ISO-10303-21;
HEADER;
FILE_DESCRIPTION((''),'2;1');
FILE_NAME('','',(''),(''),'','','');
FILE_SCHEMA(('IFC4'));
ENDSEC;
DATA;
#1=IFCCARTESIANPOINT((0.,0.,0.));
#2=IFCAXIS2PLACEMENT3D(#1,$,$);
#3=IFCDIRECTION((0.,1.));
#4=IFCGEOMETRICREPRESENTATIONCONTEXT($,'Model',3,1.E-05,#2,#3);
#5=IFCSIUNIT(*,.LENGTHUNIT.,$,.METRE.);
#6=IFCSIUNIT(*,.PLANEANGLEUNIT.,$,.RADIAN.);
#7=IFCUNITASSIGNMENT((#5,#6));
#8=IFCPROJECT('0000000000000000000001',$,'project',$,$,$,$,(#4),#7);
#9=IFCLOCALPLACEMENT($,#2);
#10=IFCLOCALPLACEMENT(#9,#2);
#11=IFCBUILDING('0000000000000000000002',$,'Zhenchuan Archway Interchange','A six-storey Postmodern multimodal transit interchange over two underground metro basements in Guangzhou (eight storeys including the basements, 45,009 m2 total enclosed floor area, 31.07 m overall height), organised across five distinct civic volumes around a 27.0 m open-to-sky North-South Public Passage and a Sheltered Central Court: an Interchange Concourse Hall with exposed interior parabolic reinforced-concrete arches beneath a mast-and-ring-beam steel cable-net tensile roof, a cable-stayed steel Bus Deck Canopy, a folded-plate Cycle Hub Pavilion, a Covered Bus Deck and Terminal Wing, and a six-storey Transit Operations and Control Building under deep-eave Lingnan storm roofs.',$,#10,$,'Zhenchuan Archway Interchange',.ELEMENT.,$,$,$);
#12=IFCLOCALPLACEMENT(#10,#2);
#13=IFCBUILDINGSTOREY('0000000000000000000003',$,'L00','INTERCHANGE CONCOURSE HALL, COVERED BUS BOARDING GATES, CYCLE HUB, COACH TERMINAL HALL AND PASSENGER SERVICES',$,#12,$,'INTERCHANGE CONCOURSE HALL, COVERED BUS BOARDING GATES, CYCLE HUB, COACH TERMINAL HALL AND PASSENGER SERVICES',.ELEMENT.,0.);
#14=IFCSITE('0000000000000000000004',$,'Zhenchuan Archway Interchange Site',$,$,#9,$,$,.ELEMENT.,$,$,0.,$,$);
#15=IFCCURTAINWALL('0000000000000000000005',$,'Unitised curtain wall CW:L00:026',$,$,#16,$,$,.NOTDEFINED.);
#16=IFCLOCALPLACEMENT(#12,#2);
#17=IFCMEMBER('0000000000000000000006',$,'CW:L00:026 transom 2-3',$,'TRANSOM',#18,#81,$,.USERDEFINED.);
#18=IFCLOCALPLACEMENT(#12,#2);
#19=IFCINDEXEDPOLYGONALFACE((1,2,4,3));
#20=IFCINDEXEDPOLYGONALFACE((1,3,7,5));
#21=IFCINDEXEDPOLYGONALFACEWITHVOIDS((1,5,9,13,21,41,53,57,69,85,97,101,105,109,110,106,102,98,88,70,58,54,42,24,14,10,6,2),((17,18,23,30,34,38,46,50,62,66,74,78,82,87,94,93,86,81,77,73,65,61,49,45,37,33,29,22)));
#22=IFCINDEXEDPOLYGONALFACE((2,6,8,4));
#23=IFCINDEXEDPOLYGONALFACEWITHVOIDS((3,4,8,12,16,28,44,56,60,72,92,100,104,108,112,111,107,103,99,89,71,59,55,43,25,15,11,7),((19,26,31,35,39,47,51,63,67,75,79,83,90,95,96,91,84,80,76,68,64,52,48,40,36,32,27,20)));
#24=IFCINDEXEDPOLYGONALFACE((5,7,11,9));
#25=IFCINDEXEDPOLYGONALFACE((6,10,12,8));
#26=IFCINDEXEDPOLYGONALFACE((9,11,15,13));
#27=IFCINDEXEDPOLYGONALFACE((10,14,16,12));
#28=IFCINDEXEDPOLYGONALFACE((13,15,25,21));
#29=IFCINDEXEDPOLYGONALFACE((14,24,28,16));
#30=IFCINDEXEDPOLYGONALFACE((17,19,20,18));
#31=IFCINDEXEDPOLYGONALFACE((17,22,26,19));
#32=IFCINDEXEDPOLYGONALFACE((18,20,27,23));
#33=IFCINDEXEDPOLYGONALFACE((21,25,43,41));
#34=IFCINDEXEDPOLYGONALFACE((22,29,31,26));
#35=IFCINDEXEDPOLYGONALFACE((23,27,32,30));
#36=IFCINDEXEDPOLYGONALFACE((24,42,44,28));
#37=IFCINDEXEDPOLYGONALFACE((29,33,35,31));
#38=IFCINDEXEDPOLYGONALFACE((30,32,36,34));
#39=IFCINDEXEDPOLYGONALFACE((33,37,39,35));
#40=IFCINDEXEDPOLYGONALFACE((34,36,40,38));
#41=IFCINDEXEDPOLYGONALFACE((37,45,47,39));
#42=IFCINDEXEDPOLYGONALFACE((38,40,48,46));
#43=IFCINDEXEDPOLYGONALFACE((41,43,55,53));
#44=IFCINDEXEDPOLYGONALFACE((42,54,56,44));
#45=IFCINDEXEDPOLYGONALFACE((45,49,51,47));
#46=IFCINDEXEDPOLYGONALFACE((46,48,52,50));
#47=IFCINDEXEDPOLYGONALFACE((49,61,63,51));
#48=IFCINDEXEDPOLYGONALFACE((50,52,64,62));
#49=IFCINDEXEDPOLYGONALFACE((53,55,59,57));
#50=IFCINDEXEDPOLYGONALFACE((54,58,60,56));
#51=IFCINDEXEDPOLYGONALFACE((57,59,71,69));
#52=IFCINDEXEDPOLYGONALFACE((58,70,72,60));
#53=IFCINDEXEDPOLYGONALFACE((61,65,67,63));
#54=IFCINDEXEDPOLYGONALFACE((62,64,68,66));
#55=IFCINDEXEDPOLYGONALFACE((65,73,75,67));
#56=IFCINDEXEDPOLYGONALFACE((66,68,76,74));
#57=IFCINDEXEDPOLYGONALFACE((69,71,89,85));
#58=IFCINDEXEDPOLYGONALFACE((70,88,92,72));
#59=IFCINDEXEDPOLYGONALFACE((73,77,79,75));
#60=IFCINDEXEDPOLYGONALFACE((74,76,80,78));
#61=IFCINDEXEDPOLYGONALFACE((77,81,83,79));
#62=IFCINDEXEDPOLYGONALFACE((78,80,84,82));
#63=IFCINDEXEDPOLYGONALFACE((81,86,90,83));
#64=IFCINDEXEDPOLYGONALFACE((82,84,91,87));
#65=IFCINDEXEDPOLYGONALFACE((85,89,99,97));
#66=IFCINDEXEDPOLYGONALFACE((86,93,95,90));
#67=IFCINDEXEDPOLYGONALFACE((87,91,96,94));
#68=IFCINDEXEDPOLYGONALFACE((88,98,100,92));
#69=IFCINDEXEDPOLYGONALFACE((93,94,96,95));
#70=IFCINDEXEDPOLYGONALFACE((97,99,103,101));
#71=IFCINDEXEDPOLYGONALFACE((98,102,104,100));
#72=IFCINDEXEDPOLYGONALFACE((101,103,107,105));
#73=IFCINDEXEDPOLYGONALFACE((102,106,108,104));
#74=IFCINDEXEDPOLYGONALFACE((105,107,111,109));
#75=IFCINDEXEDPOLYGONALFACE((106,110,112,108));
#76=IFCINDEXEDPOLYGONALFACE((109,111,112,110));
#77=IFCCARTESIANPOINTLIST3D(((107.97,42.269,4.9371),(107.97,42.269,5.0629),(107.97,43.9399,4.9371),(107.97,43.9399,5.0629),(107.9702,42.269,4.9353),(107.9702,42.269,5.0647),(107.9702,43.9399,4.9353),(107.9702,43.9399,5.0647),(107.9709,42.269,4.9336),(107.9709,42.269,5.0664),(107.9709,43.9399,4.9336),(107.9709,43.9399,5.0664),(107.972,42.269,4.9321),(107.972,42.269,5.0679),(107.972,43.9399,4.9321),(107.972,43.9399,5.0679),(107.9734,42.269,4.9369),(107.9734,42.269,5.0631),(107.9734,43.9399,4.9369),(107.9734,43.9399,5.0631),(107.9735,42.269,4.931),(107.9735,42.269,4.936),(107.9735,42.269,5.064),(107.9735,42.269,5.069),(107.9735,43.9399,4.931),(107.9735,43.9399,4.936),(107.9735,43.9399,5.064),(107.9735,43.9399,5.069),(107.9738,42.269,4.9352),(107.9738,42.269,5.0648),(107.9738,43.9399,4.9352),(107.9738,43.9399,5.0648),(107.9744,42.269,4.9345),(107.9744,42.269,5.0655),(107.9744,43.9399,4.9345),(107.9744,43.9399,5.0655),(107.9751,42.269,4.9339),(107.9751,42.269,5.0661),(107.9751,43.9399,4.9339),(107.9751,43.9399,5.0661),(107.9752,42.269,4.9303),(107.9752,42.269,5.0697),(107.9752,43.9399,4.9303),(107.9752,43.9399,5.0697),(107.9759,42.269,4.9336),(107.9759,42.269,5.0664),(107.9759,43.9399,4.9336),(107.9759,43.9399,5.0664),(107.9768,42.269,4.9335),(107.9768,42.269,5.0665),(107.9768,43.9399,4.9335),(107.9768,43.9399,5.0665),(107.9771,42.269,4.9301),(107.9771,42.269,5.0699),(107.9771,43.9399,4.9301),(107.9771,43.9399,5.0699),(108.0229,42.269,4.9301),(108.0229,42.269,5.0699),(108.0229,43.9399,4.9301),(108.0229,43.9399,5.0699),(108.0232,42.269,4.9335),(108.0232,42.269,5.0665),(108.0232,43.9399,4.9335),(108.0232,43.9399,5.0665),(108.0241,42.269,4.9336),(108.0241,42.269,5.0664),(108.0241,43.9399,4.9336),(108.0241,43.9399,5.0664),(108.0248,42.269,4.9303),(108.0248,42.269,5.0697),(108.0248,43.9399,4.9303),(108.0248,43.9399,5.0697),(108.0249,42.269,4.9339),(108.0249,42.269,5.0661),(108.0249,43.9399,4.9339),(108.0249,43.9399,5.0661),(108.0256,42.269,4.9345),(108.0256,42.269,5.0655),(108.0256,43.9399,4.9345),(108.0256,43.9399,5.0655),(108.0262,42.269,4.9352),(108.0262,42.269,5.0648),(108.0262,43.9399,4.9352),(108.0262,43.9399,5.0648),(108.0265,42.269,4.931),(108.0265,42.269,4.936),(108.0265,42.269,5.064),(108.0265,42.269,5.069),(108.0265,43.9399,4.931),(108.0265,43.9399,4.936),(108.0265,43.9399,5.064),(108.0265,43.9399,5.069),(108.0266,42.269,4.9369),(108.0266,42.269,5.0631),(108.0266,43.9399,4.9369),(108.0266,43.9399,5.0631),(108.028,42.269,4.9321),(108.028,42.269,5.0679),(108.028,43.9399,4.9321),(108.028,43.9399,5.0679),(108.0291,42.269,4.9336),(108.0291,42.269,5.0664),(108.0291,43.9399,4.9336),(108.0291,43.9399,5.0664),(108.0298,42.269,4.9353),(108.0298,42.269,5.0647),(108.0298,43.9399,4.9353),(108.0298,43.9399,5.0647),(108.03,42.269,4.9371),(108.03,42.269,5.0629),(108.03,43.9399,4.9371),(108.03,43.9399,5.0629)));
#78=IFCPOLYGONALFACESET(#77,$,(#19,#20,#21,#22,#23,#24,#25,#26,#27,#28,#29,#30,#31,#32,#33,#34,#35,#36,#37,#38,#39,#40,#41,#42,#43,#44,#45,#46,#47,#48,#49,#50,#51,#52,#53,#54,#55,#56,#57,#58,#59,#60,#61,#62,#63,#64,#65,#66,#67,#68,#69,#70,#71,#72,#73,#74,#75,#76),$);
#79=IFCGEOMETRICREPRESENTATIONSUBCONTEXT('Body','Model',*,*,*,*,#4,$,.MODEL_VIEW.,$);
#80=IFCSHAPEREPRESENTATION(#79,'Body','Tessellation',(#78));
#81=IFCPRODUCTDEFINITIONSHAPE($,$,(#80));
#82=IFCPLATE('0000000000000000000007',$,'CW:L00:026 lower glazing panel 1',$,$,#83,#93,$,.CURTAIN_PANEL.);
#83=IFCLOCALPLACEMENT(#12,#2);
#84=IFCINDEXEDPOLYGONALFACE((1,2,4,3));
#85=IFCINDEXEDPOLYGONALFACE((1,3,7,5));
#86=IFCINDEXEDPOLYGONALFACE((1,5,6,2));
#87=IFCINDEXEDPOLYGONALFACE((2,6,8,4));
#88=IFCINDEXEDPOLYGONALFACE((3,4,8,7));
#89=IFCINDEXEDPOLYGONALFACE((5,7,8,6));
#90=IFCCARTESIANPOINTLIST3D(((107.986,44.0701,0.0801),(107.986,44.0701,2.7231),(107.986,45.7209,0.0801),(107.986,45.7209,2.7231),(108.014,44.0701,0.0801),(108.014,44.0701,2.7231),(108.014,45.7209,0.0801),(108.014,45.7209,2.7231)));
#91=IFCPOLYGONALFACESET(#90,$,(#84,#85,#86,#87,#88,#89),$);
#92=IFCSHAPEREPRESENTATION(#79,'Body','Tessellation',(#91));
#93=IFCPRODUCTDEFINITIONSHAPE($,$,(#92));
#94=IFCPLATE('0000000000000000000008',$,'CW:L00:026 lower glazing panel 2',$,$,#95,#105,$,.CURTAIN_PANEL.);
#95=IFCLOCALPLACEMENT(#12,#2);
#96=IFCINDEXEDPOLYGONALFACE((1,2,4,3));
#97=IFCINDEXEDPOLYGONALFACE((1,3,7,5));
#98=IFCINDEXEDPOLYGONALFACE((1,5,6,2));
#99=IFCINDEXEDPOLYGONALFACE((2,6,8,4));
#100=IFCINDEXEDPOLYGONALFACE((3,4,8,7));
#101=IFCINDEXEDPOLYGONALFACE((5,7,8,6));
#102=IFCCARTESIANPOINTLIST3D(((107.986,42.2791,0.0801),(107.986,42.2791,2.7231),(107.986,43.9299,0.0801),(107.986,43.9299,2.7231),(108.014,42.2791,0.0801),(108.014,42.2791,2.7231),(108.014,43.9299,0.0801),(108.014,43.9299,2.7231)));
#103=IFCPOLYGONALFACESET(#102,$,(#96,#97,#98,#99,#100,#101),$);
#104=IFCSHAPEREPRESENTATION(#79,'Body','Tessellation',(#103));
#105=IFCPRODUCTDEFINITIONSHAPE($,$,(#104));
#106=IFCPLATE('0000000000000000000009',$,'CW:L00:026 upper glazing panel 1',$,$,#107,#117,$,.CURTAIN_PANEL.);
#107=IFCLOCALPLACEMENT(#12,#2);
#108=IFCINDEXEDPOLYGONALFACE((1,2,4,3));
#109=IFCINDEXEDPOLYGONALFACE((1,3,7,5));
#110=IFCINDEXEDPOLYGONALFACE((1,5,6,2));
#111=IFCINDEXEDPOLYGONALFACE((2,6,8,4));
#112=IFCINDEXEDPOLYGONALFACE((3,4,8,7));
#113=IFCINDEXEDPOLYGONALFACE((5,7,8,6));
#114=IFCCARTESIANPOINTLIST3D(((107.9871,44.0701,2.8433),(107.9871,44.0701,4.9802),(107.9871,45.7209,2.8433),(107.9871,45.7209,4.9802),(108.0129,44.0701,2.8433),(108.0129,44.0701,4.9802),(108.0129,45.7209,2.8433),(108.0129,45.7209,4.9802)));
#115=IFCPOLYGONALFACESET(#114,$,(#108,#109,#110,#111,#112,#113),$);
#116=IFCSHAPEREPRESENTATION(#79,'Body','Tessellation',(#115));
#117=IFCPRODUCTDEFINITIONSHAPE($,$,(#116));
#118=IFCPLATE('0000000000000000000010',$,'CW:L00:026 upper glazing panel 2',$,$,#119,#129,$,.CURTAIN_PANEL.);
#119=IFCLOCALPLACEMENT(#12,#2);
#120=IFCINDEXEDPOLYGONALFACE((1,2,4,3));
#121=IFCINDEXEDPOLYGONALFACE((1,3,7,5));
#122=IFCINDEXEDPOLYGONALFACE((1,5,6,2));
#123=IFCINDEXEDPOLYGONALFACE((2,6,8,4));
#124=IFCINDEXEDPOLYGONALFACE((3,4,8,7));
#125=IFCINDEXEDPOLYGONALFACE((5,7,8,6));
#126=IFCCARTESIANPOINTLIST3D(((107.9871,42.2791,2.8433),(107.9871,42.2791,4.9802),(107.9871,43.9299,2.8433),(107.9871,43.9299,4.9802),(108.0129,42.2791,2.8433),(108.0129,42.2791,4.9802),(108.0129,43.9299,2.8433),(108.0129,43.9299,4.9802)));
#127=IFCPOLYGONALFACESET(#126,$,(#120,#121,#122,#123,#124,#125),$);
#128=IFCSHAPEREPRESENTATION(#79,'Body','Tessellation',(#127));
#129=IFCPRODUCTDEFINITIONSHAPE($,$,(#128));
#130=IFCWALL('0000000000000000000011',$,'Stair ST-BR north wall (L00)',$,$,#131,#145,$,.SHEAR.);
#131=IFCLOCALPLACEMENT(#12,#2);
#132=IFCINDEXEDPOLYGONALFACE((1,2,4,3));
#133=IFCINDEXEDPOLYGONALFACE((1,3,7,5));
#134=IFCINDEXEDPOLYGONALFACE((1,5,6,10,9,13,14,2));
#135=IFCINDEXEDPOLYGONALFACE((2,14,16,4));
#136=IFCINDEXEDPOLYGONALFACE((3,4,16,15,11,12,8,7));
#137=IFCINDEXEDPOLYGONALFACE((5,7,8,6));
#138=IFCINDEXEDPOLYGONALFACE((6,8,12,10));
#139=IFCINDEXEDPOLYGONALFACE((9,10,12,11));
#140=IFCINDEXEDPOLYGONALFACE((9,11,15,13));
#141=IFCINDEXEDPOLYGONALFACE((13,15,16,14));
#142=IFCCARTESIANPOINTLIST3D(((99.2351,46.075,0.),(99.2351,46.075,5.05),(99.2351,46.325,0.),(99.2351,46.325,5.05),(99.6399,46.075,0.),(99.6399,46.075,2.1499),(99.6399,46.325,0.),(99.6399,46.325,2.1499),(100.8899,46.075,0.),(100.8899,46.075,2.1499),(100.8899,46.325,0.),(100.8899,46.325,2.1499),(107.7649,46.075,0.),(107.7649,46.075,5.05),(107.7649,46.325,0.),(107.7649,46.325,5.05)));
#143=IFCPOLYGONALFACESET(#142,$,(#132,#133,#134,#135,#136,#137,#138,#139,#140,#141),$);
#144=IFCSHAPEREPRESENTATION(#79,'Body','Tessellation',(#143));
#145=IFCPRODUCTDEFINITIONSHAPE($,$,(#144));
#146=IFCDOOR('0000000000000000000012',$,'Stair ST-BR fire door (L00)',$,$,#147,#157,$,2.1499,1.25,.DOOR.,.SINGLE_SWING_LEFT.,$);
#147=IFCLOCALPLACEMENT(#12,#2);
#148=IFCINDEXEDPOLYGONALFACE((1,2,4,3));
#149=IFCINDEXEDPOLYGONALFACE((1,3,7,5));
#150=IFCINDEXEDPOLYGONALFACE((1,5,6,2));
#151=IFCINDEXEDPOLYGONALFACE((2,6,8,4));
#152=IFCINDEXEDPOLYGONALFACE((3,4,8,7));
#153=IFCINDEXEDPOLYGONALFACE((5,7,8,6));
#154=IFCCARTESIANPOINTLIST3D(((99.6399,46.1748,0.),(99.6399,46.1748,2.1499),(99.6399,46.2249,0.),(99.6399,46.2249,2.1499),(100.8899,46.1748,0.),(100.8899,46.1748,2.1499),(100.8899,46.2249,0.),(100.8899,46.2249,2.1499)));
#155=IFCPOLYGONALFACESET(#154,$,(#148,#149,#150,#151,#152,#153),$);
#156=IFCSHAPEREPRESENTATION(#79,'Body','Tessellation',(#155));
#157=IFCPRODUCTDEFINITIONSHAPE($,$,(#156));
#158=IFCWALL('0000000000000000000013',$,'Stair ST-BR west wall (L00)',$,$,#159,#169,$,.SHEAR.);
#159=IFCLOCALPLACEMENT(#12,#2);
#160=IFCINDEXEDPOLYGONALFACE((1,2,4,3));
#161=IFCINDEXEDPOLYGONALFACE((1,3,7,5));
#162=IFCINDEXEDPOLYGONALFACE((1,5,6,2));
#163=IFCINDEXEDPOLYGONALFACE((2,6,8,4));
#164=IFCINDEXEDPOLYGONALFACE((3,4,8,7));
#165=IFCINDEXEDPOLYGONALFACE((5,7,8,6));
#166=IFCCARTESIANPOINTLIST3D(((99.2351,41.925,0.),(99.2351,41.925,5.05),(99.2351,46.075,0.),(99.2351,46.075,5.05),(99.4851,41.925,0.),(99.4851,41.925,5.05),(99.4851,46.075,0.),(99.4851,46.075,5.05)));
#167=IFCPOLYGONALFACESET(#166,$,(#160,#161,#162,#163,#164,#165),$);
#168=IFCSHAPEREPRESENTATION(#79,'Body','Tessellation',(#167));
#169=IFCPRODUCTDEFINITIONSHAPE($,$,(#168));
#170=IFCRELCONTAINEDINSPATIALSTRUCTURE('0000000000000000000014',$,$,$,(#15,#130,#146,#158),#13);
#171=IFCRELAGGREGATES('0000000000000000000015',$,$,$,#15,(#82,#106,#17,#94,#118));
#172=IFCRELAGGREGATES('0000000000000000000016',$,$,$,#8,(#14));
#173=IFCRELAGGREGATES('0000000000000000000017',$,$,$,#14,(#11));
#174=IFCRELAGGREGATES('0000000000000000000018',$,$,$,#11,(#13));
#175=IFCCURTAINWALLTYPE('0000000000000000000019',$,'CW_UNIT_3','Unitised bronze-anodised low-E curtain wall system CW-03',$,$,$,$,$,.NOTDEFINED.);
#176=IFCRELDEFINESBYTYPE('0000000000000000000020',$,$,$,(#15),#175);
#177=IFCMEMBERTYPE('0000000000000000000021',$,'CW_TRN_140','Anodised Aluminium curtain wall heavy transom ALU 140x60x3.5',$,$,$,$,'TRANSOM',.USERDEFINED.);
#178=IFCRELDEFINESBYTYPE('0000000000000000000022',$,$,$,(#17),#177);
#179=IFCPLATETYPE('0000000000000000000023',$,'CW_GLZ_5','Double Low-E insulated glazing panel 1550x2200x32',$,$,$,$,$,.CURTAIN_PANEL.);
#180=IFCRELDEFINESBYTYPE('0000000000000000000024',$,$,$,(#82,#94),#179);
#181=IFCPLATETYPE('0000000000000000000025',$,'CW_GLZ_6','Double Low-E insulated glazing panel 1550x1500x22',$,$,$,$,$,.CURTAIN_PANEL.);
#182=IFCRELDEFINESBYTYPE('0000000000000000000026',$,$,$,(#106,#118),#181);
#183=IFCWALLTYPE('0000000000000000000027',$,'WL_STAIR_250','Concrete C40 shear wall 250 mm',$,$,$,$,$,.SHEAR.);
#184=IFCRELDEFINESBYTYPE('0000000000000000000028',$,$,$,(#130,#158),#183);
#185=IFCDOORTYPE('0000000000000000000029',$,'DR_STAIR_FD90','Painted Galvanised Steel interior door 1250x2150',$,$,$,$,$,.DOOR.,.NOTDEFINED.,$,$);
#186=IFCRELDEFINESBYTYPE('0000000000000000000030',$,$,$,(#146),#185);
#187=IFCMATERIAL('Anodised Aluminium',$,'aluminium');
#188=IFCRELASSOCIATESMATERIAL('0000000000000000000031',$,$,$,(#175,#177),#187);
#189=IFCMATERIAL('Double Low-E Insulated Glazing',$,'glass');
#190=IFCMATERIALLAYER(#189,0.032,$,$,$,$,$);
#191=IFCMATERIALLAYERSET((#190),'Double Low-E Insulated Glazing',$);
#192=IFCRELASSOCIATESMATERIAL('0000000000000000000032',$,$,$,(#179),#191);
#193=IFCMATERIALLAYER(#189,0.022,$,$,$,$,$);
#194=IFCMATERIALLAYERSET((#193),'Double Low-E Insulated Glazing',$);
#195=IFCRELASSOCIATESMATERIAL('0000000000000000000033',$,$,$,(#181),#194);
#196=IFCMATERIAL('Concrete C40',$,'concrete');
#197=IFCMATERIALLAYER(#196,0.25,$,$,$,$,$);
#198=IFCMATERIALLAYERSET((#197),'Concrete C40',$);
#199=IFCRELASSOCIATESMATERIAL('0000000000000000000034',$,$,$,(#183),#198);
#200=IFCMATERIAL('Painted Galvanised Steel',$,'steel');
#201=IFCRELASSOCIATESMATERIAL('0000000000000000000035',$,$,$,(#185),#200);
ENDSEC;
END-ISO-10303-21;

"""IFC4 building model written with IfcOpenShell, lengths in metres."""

from ifc_helpers import new_model, si_unit, direction, frame, frame_2d, origin, origin_2d, place, context, subcontext, project, spatial, rectangle, hollow_rectangle, extrude, material, layer, layer_set, material_profile, profile_set, type_object, element, fill, aggregate, save


model = new_model("IFC4")

# Units and contexts
model_context = context("Model", 3, precision=1e-05, world=origin(), true_north=direction((0.0, 1.0)))
body_context = subcontext(model_context, "Body", "Model", "MODEL_VIEW")
ifc_project = project(units=[si_unit("LENGTHUNIT", "METRE"), si_unit("PLANEANGLEUNIT", "RADIAN")], contexts=[model_context])

# Site, building, storey
site_placement = place(None, origin())
site = spatial("IfcSite", under=ifc_project, at=site_placement, Name="Zhenchuan Archway Interchange Site", CompositionType="ELEMENT", RefElevation=0.0)
building_placement = place(site_placement, origin())
building = spatial("IfcBuilding", under=site, at=building_placement, Name="Zhenchuan Archway Interchange", Description="A six-storey Postmodern multimodal transit interchange over two underground metro basements in Guangzhou (eight storeys including the basements, 45,009 m2 total enclosed floor area, 31.07 m overall height), organised across five distinct civic volumes around a 27.0 m open-to-sky North-South Public Passage and a Sheltered Central Court: an Interchange Concourse Hall with exposed interior parabolic reinforced-concrete arches beneath a mast-and-ring-beam steel cable-net tensile roof, a cable-stayed steel Bus Deck Canopy, a folded-plate Cycle Hub Pavilion, a Covered Bus Deck and Terminal Wing, and a six-storey Transit Operations and Control Building under deep-eave Lingnan storm roofs.", LongName="Zhenchuan Archway Interchange", CompositionType="ELEMENT")
storey_placement = place(building_placement, origin())
storey = spatial("IfcBuildingStorey", under=building, at=storey_placement, Name="L00", Description="INTERCHANGE CONCOURSE HALL, COVERED BUS BOARDING GATES, CYCLE HUB, COACH TERMINAL HALL AND PASSENGER SERVICES", LongName="INTERCHANGE CONCOURSE HALL, COVERED BUS BOARDING GATES, CYCLE HUB, COACH TERMINAL HALL AND PASSENGER SERVICES", CompositionType="ELEMENT", Elevation=0.0)

# Curtain wall, member, plates
ifc_material_1 = material(Name="Anodised Aluminium", Category="aluminium")
curtain_wall_type = type_object("IfcCurtainWallType", Name="CW_UNIT_3", Description="Unitised bronze-anodised low-E curtain wall system CW-03", PredefinedType="NOTDEFINED", material=ifc_material_1)
curtain_wall_placement = place(storey_placement, origin())
curtain_wall = element("IfcCurtainWall", 1, at=curtain_wall_placement, inside=storey, type_object=curtain_wall_type, Name="Unitised curtain wall CW:L00:026", PredefinedType="NOTDEFINED")
ifc_material_profile_1 = material_profile(ifc_material_1, hollow_rectangle(XDim=0.0601, YDim=0.1399, WallThickness=0.0034, InnerFilletRadius=0.0034, OuterFilletRadius=0.0071, at=origin_2d()), Name="ALU 140x60x3.5")
ifc_profile_set_1 = profile_set([ifc_material_profile_1], Name="Anodised Aluminium")
member_type_1 = type_object("IfcMemberType", Name="CW_TRN_140", Description="Anodised Aluminium curtain wall heavy transom ALU 140x60x3.5", ElementType="TRANSOM", PredefinedType="USERDEFINED", material=ifc_profile_set_1)
member_1_placement = place(storey_placement, frame((108.0, 43.9399, 5.0), z_axis=(0.0, -1.0, 0.0), x_axis=(1.0, 0.0, 0.0)))
member_1 = element("IfcMember", 2, at=member_1_placement, type_object=member_type_1, Name="CW:L00:026 transom 2-3", ObjectType="TRANSOM", PredefinedType="USERDEFINED", context=body_context, shape_type="SweptSolid", body=[
    extrude(hollow_rectangle(XDim=0.0601, YDim=0.1399, WallThickness=0.0034, InnerFilletRadius=0.0034, OuterFilletRadius=0.0071, at=origin_2d()), origin(), (0.0, 0.0, 1.0), 1.6709),
])
ifc_material_2 = material(Name="Double Low-E Insulated Glazing", Category="glass")
ifc_layer_1 = layer(ifc_material_2, 0.032)
ifc_layer_set_1 = layer_set([ifc_layer_1], Name="Double Low-E Insulated Glazing")
plate_type_1 = type_object("IfcPlateType", Name="CW_GLZ_5", Description="Double Low-E insulated glazing panel 1550x2200x32", PredefinedType="CURTAIN_PANEL", material=ifc_layer_set_1)
plate_1_placement = place(storey_placement, frame((108.0, 44.8955, 0.0801), z_axis=(0.0, 0.0, 1.0), x_axis=(0.0, -1.0, 0.0)))
plate_1 = element("IfcPlate", 3, at=plate_1_placement, type_object=plate_type_1, Name="CW:L00:026 lower glazing panel 1", PredefinedType="CURTAIN_PANEL", context=body_context, shape_type="SweptSolid", body=[
    extrude(rectangle(XDim=1.6509, YDim=0.0281, at=origin_2d()), origin(), (0.0, 0.0, 1.0), 2.6431),
])
plate_2_placement = place(storey_placement, frame((108.0, 43.1045, 0.0801), z_axis=(0.0, 0.0, 1.0), x_axis=(0.0, -1.0, 0.0)))
plate_2 = element("IfcPlate", 4, at=plate_2_placement, type_object=plate_type_1, Name="CW:L00:026 lower glazing panel 2", PredefinedType="CURTAIN_PANEL", context=body_context, shape_type="SweptSolid", body=[
    extrude(rectangle(XDim=1.6509, YDim=0.0281, at=origin_2d()), origin(), (0.0, 0.0, 1.0), 2.6431),
])
ifc_layer_2 = layer(ifc_material_2, 0.022)
ifc_layer_set_2 = layer_set([ifc_layer_2], Name="Double Low-E Insulated Glazing")
plate_type_2 = type_object("IfcPlateType", Name="CW_GLZ_6", Description="Double Low-E insulated glazing panel 1550x1500x22", PredefinedType="CURTAIN_PANEL", material=ifc_layer_set_2)
plate_3_placement = place(storey_placement, frame((108.0, 44.8955, 2.8433), z_axis=(0.0, 0.0, 1.0), x_axis=(0.0, -1.0, 0.0)))
plate_3 = element("IfcPlate", 5, at=plate_3_placement, type_object=plate_type_2, Name="CW:L00:026 upper glazing panel 1", PredefinedType="CURTAIN_PANEL", context=body_context, shape_type="SweptSolid", body=[
    extrude(rectangle(XDim=1.6509, YDim=0.0259, at=origin_2d()), origin(), (0.0, 0.0, 1.0), 2.137),
])
plate_4_placement = place(storey_placement, frame((108.0, 43.1045, 2.8433), z_axis=(0.0, 0.0, 1.0), x_axis=(0.0, -1.0, 0.0)))
plate_4 = element("IfcPlate", 6, at=plate_4_placement, type_object=plate_type_2, Name="CW:L00:026 upper glazing panel 2", PredefinedType="CURTAIN_PANEL", context=body_context, shape_type="SweptSolid", body=[
    extrude(rectangle(XDim=1.6509, YDim=0.0259, at=origin_2d()), origin(), (0.0, 0.0, 1.0), 2.137),
])
aggregate(curtain_wall, [plate_1, plate_3, member_1, plate_2, plate_4])

# Wall, opening, door
ifc_material_3 = material(Name="Concrete C40", Category="concrete")
ifc_layer_3 = layer(ifc_material_3, 0.25)
ifc_layer_set_3 = layer_set([ifc_layer_3], Name="Concrete C40")
wall_type = type_object("IfcWallType", Name="WL_STAIR_250", Description="Concrete C40 shear wall 250 mm", PredefinedType="SHEAR", material=ifc_layer_set_3)
wall_1_placement = place(storey_placement, frame((107.7649, 46.2, 0.0), z_axis=(0.0, 0.0, 1.0), x_axis=(-1.0, 0.0, 0.0)))
wall_1 = element("IfcWall", 7, at=wall_1_placement, inside=storey, type_object=wall_type, Name="Stair ST-BR north wall (L00)", PredefinedType="SHEAR", context=body_context, shape_type="SweptSolid", body=[
    extrude(rectangle(XDim=8.5298, YDim=0.25, at=frame_2d((4.2649, 0.0))), origin(), (0.0, 0.0, 1.0), 5.05),
])
opening_placement = place(wall_1_placement, frame((6.875, 0.0, 0.0)))
opening = element("IfcOpeningElement", 8, at=opening_placement, cuts=wall_1, PredefinedType="OPENING", context=body_context, shape_type="SweptSolid", body=[
    extrude(rectangle(XDim=1.25, YDim=2.1499, at=frame_2d((0.625, 1.075))), frame((0.0, 0.137, 0.0), z_axis=(0.0, -1.0, 0.0), x_axis=(1.0, 0.0, 0.0)), (0.0, 0.0, 1.0), 0.2739),
])
ifc_material_4 = material(Name="Painted Galvanised Steel", Category="steel")
door_type = type_object("IfcDoorType", Name="DR_STAIR_FD90", Description="Painted Galvanised Steel interior door 1250x2150", OperationType="NOTDEFINED", PredefinedType="DOOR", material=ifc_material_4)
door_placement = place(opening_placement, frame((1.25, 0.0, 0.0), z_axis=(0.0, 0.0, 1.0), x_axis=(-1.0, 0.0, 0.0)))
door = element("IfcDoor", 9, at=door_placement, inside=storey, type_object=door_type, Name="Stair ST-BR fire door (L00)", OperationType="SINGLE_SWING_LEFT", OverallHeight=2.1499, OverallWidth=1.25, PredefinedType="DOOR", context=body_context, shape_type="SweptSolid", body=[
    extrude(rectangle(XDim=1.25, YDim=2.1499, at=frame_2d((0.625, 1.075))), frame((0.0, 0.0249, 0.0), z_axis=(0.0, -1.0, 0.0), x_axis=(1.0, 0.0, 0.0)), (0.0, 0.0, 1.0), 0.05),
])
fill(opening, door)

# Wall
wall_2_placement = place(storey_placement, frame((99.3601, 46.075, 0.0), z_axis=(0.0, 0.0, 1.0), x_axis=(0.0, -1.0, 0.0)))
element("IfcWall", 10, at=wall_2_placement, inside=storey, type_object=wall_type, Name="Stair ST-BR west wall (L00)", PredefinedType="SHEAR", context=body_context, shape_type="SweptSolid", body=[
    extrude(rectangle(XDim=4.1499, YDim=0.25, at=frame_2d((2.075, 0.0))), origin(), (0.0, 0.0, 1.0), 5.05),
])

save(model, "model.ifc")
